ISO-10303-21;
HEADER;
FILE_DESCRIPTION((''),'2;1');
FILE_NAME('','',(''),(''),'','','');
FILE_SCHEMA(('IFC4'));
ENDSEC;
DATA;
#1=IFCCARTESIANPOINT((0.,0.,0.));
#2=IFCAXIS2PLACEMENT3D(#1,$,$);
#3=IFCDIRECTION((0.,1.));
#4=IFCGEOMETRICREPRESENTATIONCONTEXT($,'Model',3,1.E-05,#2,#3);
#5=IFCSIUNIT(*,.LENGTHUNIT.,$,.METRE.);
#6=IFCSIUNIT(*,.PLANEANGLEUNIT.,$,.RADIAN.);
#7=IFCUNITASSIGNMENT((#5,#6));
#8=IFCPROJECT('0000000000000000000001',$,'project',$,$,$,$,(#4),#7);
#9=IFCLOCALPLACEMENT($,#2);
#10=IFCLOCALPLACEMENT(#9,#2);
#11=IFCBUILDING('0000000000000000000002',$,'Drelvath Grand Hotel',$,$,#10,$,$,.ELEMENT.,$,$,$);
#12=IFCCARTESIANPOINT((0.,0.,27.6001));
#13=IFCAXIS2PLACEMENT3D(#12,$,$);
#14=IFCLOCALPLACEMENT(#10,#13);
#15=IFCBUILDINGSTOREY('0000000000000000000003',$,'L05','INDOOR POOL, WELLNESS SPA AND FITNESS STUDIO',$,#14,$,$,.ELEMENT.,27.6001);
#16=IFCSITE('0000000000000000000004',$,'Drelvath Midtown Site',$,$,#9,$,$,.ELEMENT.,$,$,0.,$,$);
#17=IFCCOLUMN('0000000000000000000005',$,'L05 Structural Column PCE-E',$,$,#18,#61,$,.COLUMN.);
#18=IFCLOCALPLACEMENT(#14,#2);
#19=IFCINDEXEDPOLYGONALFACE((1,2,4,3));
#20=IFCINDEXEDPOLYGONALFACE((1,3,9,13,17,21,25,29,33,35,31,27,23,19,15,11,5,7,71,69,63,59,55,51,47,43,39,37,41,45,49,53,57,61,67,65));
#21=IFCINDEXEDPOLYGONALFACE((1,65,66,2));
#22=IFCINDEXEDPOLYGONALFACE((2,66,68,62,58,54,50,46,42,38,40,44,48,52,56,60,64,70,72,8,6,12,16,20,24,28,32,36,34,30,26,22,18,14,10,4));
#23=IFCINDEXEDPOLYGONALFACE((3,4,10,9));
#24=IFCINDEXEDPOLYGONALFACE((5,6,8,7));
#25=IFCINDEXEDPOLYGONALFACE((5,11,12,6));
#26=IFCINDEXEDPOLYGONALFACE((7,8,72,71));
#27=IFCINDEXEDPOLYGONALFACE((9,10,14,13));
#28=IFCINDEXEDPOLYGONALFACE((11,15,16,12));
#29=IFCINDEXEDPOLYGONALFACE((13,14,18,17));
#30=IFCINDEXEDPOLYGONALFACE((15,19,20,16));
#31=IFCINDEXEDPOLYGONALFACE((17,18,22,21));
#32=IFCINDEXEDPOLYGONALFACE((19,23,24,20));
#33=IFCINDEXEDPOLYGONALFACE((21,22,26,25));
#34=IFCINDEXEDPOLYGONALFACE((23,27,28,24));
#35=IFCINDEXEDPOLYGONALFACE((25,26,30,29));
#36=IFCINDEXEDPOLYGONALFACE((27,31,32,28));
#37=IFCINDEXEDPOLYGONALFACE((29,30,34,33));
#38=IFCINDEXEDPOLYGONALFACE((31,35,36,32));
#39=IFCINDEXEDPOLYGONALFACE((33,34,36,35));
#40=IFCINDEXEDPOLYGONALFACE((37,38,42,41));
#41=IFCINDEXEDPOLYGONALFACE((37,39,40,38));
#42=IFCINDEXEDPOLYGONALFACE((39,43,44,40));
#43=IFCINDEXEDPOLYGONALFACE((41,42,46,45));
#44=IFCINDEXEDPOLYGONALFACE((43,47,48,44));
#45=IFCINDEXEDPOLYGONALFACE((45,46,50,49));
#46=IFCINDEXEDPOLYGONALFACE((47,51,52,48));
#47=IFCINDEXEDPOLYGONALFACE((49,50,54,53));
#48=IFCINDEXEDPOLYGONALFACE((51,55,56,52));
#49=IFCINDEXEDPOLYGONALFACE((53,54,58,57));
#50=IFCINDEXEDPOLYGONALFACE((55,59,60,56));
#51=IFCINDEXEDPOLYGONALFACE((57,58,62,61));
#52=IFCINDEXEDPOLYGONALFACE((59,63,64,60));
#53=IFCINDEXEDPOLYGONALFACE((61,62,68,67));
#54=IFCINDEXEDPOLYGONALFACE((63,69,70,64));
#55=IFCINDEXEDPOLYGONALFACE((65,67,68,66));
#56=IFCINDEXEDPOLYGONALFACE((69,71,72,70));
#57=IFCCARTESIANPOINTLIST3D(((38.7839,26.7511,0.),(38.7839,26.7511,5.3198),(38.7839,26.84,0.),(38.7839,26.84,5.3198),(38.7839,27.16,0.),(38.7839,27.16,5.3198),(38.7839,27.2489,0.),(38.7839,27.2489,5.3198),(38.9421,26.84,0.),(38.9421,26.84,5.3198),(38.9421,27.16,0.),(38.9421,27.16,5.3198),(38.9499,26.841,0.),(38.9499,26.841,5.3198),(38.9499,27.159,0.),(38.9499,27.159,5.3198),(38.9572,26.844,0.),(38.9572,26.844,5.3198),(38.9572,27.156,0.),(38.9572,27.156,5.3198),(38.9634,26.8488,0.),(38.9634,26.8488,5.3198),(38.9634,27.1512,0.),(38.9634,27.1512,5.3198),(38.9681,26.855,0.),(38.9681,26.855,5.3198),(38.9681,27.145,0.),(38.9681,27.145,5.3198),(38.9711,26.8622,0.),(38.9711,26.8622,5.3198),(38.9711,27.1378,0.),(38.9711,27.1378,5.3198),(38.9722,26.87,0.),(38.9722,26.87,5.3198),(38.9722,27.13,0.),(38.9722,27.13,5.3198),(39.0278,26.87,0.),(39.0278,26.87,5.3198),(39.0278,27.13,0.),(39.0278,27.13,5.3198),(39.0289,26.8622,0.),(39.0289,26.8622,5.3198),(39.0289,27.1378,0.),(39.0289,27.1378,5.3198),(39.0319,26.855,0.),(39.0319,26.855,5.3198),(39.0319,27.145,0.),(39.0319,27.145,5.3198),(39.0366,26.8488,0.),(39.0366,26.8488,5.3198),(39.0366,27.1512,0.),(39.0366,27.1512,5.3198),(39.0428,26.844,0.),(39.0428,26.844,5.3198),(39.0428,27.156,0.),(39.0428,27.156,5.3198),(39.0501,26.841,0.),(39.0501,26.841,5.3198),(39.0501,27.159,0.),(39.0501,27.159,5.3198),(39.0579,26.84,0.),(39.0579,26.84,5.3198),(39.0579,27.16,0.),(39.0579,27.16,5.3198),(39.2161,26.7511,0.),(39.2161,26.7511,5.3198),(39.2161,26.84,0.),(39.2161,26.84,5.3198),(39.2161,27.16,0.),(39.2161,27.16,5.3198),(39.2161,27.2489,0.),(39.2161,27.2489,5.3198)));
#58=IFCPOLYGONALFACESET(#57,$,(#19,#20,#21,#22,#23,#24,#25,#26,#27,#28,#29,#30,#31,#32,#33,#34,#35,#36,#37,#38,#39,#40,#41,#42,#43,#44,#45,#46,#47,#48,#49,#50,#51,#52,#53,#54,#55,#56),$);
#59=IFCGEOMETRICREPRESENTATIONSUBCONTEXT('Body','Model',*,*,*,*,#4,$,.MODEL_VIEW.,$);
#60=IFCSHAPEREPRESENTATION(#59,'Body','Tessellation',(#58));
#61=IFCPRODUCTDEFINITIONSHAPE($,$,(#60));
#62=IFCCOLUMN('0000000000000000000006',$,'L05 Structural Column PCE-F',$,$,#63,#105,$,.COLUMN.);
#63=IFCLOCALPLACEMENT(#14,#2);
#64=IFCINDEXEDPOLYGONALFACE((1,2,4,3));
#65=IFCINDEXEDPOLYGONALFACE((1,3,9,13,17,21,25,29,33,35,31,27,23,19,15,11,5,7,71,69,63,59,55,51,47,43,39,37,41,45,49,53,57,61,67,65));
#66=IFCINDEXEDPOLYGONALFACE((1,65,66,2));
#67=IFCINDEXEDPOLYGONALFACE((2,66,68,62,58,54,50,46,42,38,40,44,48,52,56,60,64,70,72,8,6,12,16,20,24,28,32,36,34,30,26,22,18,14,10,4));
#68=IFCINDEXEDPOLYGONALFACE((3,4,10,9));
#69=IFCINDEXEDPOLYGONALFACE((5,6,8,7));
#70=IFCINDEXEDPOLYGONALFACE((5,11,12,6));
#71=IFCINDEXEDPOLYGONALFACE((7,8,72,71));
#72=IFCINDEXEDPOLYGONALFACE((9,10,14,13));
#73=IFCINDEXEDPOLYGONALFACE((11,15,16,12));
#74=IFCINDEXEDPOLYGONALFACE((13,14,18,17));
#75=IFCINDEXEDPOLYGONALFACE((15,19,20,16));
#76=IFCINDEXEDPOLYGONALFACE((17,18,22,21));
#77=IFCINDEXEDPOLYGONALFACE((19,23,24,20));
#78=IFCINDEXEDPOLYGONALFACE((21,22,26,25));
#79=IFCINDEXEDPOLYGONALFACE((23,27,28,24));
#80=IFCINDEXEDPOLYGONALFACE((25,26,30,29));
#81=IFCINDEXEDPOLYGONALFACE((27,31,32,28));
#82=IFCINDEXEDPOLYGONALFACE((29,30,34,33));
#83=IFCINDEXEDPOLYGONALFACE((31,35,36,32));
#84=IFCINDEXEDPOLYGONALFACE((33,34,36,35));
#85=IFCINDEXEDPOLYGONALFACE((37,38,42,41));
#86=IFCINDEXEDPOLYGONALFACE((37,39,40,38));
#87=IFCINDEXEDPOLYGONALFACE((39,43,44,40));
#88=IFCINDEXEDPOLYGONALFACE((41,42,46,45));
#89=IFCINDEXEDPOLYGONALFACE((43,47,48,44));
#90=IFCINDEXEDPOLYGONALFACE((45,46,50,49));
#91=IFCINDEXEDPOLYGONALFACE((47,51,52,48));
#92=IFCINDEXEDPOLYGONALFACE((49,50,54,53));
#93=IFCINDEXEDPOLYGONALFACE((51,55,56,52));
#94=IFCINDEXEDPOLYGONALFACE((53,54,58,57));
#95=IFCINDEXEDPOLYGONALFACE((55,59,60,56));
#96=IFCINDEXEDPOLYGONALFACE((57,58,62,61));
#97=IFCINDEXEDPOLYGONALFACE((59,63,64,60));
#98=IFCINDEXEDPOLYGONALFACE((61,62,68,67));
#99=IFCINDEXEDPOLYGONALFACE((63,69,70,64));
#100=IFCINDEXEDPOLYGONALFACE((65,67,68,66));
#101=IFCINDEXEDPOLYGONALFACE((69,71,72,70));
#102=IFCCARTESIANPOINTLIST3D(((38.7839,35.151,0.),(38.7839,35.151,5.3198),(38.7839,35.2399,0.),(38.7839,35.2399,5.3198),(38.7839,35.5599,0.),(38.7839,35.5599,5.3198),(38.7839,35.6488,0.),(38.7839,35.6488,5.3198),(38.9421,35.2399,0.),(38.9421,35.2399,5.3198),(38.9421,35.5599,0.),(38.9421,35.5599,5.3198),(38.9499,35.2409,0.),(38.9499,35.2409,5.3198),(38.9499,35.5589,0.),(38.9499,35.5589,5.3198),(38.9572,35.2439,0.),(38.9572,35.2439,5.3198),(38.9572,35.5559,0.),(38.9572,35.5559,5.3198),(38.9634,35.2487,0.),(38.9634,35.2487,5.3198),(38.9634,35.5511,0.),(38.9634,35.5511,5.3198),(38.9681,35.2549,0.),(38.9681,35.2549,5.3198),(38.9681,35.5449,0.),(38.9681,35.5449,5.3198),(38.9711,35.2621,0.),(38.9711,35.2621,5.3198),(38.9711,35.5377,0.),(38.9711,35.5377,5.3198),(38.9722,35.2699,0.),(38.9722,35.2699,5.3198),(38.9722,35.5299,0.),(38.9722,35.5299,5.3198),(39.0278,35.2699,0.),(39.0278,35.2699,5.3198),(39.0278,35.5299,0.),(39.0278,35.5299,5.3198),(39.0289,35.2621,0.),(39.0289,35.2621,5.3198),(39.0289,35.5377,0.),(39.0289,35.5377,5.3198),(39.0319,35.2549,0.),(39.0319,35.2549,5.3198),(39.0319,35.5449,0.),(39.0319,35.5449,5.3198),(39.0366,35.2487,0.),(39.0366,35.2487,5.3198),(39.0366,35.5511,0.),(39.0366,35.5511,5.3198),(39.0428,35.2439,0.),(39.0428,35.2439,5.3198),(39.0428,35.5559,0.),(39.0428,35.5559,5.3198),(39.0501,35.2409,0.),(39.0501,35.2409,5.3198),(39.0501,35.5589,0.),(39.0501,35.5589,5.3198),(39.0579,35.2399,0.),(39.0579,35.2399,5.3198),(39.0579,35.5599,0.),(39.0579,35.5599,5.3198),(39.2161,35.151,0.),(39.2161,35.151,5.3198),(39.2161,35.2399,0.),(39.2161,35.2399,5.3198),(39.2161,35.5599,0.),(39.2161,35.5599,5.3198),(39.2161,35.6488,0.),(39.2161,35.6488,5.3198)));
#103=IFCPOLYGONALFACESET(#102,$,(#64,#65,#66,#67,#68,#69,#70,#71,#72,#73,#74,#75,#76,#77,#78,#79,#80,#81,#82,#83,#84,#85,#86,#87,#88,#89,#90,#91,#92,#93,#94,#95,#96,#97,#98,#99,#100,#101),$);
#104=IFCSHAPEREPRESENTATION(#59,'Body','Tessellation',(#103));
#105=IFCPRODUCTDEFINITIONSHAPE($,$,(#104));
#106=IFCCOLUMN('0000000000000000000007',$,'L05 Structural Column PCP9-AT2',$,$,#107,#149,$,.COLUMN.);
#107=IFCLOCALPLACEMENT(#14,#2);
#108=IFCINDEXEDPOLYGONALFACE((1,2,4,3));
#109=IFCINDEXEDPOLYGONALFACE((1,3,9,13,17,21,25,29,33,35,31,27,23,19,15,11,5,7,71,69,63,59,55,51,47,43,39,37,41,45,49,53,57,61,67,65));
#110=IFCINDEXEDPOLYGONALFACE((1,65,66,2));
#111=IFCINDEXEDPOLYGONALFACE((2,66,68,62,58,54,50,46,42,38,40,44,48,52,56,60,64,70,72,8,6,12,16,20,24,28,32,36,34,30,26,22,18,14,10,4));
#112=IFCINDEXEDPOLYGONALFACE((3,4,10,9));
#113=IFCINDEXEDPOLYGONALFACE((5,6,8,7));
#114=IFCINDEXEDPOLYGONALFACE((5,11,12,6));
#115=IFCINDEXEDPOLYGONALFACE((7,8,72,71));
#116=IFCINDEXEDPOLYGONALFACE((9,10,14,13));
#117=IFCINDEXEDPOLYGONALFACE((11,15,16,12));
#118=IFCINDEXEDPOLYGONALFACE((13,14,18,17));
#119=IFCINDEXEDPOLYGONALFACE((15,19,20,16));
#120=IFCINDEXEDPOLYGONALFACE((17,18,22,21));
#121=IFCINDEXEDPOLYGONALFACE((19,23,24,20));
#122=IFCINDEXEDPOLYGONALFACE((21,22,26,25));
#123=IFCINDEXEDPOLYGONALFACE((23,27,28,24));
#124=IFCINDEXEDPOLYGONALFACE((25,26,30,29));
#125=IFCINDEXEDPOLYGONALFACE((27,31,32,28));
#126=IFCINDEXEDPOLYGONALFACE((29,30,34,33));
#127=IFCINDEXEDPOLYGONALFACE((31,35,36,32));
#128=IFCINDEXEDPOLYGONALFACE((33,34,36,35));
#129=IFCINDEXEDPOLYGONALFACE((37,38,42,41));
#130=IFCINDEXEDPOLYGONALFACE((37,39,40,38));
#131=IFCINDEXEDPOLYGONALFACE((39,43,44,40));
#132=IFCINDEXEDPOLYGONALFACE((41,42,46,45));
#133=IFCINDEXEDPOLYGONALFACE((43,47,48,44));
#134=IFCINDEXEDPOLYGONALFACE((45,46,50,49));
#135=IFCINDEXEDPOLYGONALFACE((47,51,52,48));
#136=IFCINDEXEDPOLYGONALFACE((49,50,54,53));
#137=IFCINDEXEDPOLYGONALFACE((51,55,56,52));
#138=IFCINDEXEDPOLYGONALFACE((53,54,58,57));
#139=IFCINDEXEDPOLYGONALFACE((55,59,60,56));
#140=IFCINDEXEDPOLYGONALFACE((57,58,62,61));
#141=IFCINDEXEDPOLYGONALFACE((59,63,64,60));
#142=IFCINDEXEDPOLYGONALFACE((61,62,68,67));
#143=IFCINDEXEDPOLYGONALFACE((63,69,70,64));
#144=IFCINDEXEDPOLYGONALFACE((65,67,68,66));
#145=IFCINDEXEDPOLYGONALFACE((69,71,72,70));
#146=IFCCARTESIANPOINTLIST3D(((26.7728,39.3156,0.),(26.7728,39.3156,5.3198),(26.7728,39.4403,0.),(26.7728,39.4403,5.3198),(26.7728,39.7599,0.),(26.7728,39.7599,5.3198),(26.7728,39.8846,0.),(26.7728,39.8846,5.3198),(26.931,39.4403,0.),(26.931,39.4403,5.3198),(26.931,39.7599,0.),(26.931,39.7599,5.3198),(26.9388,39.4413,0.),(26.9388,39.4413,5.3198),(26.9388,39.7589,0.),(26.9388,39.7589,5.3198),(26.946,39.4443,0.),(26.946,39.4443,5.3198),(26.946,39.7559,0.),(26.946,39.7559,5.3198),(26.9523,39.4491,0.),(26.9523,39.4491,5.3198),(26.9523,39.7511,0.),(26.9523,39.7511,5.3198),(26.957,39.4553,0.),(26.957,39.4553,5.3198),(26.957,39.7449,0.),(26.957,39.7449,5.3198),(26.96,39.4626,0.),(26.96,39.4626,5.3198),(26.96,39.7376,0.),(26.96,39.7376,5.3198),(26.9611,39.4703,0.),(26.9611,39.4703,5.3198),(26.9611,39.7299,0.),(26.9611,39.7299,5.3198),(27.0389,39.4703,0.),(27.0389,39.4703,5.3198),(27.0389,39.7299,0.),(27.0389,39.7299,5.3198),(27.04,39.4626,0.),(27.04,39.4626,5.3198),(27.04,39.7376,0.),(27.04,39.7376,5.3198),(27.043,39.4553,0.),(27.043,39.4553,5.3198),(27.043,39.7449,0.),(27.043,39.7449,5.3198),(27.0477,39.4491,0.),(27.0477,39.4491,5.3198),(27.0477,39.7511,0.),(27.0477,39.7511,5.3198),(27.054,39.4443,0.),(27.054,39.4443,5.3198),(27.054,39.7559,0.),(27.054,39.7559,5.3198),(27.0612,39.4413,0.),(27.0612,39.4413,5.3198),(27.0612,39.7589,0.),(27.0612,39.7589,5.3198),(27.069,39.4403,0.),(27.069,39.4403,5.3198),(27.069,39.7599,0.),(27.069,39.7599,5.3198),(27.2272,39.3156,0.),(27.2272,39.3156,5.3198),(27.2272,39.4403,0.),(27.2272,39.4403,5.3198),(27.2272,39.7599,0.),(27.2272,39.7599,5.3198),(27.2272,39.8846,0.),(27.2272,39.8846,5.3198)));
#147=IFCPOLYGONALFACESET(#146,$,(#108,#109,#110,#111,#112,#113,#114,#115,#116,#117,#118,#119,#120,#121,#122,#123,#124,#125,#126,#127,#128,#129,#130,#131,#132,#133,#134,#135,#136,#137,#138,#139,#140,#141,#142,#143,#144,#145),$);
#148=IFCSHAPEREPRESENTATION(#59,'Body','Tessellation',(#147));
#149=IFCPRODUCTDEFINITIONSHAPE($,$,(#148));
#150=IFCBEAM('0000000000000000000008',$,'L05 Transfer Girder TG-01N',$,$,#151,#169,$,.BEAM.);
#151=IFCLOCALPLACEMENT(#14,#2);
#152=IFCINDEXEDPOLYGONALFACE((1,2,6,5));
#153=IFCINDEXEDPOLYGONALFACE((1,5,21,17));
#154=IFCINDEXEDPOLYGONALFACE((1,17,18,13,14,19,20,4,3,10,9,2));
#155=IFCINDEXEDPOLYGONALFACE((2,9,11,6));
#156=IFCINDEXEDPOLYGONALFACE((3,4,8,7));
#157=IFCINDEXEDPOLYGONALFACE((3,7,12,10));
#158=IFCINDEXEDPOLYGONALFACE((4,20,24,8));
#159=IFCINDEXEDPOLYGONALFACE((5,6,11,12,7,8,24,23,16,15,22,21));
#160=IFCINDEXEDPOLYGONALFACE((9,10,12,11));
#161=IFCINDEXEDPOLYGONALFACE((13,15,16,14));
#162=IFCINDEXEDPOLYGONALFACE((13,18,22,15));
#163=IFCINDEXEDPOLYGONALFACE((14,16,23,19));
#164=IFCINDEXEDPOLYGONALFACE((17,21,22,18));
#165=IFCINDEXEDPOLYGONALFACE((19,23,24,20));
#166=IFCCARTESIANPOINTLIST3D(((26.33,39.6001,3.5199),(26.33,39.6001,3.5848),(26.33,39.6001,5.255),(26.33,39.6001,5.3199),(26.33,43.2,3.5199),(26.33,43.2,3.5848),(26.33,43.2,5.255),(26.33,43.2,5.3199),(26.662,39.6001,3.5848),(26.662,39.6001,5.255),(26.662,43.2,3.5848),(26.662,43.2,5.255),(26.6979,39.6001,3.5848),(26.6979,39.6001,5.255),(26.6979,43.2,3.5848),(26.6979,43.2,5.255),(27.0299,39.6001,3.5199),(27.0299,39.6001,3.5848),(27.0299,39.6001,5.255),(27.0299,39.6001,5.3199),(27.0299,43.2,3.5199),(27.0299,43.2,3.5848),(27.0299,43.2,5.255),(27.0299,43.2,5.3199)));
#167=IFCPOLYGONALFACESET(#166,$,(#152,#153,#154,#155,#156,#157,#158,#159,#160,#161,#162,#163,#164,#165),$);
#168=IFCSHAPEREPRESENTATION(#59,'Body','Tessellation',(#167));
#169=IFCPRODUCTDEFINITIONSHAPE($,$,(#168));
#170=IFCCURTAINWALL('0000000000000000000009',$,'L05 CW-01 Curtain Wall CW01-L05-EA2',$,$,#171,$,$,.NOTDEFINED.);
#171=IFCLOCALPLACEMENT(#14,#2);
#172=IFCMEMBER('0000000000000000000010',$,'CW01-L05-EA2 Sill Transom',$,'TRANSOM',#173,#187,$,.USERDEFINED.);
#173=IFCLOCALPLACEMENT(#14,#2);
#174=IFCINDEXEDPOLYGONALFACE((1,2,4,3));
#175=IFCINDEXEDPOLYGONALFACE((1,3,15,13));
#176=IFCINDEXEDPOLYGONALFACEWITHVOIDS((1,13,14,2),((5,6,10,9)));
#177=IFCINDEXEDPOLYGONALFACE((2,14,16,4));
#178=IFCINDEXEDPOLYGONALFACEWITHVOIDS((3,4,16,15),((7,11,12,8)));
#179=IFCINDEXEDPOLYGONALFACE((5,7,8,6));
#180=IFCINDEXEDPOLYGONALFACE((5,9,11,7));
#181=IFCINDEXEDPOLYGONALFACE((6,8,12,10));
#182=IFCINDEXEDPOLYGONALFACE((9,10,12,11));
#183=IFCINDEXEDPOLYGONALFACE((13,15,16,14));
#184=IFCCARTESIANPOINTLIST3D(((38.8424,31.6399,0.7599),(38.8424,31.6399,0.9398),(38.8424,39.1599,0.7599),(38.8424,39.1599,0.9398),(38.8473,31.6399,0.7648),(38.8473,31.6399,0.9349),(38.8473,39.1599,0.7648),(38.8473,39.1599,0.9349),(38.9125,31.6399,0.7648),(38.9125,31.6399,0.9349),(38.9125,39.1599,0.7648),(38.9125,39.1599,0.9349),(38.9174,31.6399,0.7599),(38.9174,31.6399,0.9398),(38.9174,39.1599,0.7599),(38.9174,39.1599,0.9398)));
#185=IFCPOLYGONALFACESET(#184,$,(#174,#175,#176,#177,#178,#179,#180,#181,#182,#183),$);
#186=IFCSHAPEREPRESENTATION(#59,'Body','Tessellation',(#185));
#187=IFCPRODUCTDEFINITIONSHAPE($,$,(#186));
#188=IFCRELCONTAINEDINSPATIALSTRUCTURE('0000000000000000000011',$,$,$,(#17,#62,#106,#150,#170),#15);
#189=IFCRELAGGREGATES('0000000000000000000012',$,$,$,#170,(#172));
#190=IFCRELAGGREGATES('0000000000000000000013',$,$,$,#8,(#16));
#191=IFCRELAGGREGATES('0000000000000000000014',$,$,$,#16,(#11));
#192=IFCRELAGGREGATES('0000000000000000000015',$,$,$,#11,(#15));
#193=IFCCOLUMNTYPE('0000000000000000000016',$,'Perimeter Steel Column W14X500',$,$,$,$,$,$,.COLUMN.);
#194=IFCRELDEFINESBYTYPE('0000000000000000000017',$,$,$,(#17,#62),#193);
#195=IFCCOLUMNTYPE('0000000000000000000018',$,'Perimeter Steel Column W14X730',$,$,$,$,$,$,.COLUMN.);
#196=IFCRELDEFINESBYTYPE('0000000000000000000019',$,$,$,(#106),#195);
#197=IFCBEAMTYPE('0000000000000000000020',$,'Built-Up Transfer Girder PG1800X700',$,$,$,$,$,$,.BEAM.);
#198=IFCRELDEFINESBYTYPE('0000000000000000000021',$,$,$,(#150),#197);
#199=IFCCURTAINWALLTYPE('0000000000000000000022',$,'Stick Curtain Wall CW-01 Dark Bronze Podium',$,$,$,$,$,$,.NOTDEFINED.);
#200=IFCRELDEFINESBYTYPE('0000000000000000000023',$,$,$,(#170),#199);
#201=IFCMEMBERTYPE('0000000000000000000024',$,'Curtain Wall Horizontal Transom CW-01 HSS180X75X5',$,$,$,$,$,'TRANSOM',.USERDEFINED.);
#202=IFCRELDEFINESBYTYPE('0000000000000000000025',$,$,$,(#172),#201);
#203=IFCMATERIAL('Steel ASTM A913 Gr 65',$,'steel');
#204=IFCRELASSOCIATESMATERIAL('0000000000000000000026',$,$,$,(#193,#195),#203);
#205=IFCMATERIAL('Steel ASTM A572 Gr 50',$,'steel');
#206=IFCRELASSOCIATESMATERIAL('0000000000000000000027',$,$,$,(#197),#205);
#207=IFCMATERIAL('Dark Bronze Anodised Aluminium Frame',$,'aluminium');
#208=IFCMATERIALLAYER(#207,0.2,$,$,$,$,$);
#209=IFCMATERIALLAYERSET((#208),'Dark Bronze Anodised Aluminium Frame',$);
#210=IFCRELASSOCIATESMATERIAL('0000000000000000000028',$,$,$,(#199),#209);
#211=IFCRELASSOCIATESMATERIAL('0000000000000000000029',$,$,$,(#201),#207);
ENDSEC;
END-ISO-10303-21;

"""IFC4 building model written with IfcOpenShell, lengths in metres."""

from ifc_helpers import new_model, si_unit, direction, frame, origin, origin_2d, place, context, subcontext, project, spatial, hollow_rectangle, i_section, extrude, material, layer, layer_set, material_profile, profile_set, type_object, element, aggregate, save


model = new_model("IFC4")

# Units and contexts
model_context = context("Model", 3, precision=1e-05, world=origin(), true_north=direction((0.0, 1.0)))
body_context = subcontext(model_context, "Body", "Model", "MODEL_VIEW")
ifc_project = project(units=[si_unit("LENGTHUNIT", "METRE"), si_unit("PLANEANGLEUNIT", "RADIAN")], contexts=[model_context])

# Site, building, storey
site_placement = place(None, origin())
site = spatial("IfcSite", under=ifc_project, at=site_placement, Name="Drelvath Midtown Site", CompositionType="ELEMENT", RefElevation=0.0)
building_placement = place(site_placement, origin())
building = spatial("IfcBuilding", under=site, at=building_placement, Name="Drelvath Grand Hotel", CompositionType="ELEMENT")
storey_placement = place(building_placement, frame((0.0, 0.0, 27.6001)))
storey = spatial("IfcBuildingStorey", under=building, at=storey_placement, Name="L05", Description="INDOOR POOL, WELLNESS SPA AND FITNESS STUDIO", CompositionType="ELEMENT", Elevation=27.6001)

# Columns
ifc_material_1 = material(Name="Steel ASTM A913 Gr 65", Category="steel")
ifc_material_profile_1 = material_profile(ifc_material_1, i_section(OverallWidth=0.4321, OverallDepth=0.4978, WebThickness=0.0557, FlangeThickness=0.0889, FilletRadius=0.03, at=origin_2d()), Name="W14X500")
ifc_profile_set_1 = profile_set([ifc_material_profile_1], Name="Steel ASTM A913 Gr 65")
column_type_1 = type_object("IfcColumnType", Name="Perimeter Steel Column W14X500", PredefinedType="COLUMN", material=ifc_profile_set_1)
for number, where, z_axis, x_axis, name in (
    (1, (39.0, 27.0, 0.0), (0.0, 0.0, 1.0), (1.0, 0.0, 0.0), "L05 Structural Column PCE-E"),
    (2, (39.0, 35.3999, 0.0), (0.0, 0.0, 1.0), (1.0, 0.0, 0.0), "L05 Structural Column PCE-F"),
):
    element("IfcColumn", number, at=place(storey_placement, frame(where, z_axis=z_axis, x_axis=x_axis)), inside=storey, type_object=column_type_1, Name=name, PredefinedType="COLUMN", context=body_context, shape_type="SweptSolid", body=[
        extrude(i_section(OverallWidth=0.4321, OverallDepth=0.4978, WebThickness=0.0557, FlangeThickness=0.0889, FilletRadius=0.03, at=origin_2d()), origin(), (0.0, 0.0, 1.0), 5.3198),
    ])
ifc_material_profile_2 = material_profile(ifc_material_1, i_section(OverallWidth=0.4543, OverallDepth=0.5691, WebThickness=0.0779, FlangeThickness=0.1248, FilletRadius=0.03, at=origin_2d()), Name="W14X730")
ifc_profile_set_2 = profile_set([ifc_material_profile_2], Name="Steel ASTM A913 Gr 65")
column_type_2 = type_object("IfcColumnType", Name="Perimeter Steel Column W14X730", PredefinedType="COLUMN", material=ifc_profile_set_2)
column_placement = place(storey_placement, frame((27.0, 39.6001, 0.0), z_axis=(0.0, 0.0, 1.0), x_axis=(1.0, 0.0, 0.0)))
element("IfcColumn", 3, at=column_placement, inside=storey, type_object=column_type_2, Name="L05 Structural Column PCP9-AT2", PredefinedType="COLUMN", context=body_context, shape_type="SweptSolid", body=[
    extrude(i_section(OverallWidth=0.4543, OverallDepth=0.5691, WebThickness=0.0779, FlangeThickness=0.1248, FilletRadius=0.03, at=origin_2d()), origin(), (0.0, 0.0, 1.0), 5.3198),
])

# Beam
ifc_material_2 = material(Name="Steel ASTM A572 Gr 50", Category="steel")
ifc_material_profile_3 = material_profile(ifc_material_2, i_section(OverallWidth=0.7, OverallDepth=1.8, WebThickness=0.0359, FlangeThickness=0.0649, at=origin_2d()), Name="PG1800X700")
ifc_profile_set_3 = profile_set([ifc_material_profile_3], Name="Steel ASTM A572 Gr 50")
beam_type_1 = type_object("IfcBeamType", Name="Built-Up Transfer Girder PG1800X700", PredefinedType="BEAM", material=ifc_profile_set_3)
beam_1_placement = place(storey_placement, frame((26.6799, 39.6001, 4.4199), z_axis=(0.0, 1.0, 0.0), x_axis=(-1.0, 0.0, 0.0)))
element("IfcBeam", 4, at=beam_1_placement, inside=storey, type_object=beam_type_1, Name="L05 Transfer Girder TG-01N", PredefinedType="BEAM", context=body_context, shape_type="SweptSolid", body=[
    extrude(i_section(OverallWidth=0.7, OverallDepth=1.8, WebThickness=0.0359, FlangeThickness=0.0649, at=origin_2d()), origin(), (0.0, 0.0, 1.0), 3.5999),
])

# Curtain wall, member
ifc_material_3 = material(Name="Dark Bronze Anodised Aluminium Frame", Category="aluminium")
ifc_layer_1 = layer(ifc_material_3, 0.2)
ifc_layer_set_1 = layer_set([ifc_layer_1], Name="Dark Bronze Anodised Aluminium Frame")
curtain_wall_type = type_object("IfcCurtainWallType", Name="Stick Curtain Wall CW-01 Dark Bronze Podium", PredefinedType="NOTDEFINED", material=ifc_layer_set_1)
curtain_wall_placement = place(storey_placement, origin())
curtain_wall = element("IfcCurtainWall", 5, at=curtain_wall_placement, inside=storey, type_object=curtain_wall_type, Name="L05 CW-01 Curtain Wall CW01-L05-EA2", PredefinedType="NOTDEFINED")
ifc_material_profile_4 = material_profile(ifc_material_3, hollow_rectangle(XDim=0.075, YDim=0.1799, WallThickness=0.0049, at=origin_2d()), Name="HSS180X75X5")
ifc_profile_set_4 = profile_set([ifc_material_profile_4], Name="Dark Bronze Anodised Aluminium Frame")
member_type_1 = type_object("IfcMemberType", Name="Curtain Wall Horizontal Transom CW-01 HSS180X75X5", ElementType="TRANSOM", PredefinedType="USERDEFINED", material=ifc_profile_set_4)
member_1_placement = place(storey_placement, frame((38.8799, 39.1599, 0.8499), z_axis=(0.0, -1.0, 0.0), x_axis=(1.0, 0.0, 0.0)))
member_1 = element("IfcMember", 6, at=member_1_placement, type_object=member_type_1, Name="CW01-L05-EA2 Sill Transom", ObjectType="TRANSOM", PredefinedType="USERDEFINED", context=body_context, shape_type="SweptSolid", body=[
    extrude(hollow_rectangle(XDim=0.075, YDim=0.1799, WallThickness=0.0049, at=origin_2d()), origin(), (0.0, 0.0, 1.0), 7.52),
])

aggregate(curtain_wall, [member_1])

save(model, "model.ifc")
